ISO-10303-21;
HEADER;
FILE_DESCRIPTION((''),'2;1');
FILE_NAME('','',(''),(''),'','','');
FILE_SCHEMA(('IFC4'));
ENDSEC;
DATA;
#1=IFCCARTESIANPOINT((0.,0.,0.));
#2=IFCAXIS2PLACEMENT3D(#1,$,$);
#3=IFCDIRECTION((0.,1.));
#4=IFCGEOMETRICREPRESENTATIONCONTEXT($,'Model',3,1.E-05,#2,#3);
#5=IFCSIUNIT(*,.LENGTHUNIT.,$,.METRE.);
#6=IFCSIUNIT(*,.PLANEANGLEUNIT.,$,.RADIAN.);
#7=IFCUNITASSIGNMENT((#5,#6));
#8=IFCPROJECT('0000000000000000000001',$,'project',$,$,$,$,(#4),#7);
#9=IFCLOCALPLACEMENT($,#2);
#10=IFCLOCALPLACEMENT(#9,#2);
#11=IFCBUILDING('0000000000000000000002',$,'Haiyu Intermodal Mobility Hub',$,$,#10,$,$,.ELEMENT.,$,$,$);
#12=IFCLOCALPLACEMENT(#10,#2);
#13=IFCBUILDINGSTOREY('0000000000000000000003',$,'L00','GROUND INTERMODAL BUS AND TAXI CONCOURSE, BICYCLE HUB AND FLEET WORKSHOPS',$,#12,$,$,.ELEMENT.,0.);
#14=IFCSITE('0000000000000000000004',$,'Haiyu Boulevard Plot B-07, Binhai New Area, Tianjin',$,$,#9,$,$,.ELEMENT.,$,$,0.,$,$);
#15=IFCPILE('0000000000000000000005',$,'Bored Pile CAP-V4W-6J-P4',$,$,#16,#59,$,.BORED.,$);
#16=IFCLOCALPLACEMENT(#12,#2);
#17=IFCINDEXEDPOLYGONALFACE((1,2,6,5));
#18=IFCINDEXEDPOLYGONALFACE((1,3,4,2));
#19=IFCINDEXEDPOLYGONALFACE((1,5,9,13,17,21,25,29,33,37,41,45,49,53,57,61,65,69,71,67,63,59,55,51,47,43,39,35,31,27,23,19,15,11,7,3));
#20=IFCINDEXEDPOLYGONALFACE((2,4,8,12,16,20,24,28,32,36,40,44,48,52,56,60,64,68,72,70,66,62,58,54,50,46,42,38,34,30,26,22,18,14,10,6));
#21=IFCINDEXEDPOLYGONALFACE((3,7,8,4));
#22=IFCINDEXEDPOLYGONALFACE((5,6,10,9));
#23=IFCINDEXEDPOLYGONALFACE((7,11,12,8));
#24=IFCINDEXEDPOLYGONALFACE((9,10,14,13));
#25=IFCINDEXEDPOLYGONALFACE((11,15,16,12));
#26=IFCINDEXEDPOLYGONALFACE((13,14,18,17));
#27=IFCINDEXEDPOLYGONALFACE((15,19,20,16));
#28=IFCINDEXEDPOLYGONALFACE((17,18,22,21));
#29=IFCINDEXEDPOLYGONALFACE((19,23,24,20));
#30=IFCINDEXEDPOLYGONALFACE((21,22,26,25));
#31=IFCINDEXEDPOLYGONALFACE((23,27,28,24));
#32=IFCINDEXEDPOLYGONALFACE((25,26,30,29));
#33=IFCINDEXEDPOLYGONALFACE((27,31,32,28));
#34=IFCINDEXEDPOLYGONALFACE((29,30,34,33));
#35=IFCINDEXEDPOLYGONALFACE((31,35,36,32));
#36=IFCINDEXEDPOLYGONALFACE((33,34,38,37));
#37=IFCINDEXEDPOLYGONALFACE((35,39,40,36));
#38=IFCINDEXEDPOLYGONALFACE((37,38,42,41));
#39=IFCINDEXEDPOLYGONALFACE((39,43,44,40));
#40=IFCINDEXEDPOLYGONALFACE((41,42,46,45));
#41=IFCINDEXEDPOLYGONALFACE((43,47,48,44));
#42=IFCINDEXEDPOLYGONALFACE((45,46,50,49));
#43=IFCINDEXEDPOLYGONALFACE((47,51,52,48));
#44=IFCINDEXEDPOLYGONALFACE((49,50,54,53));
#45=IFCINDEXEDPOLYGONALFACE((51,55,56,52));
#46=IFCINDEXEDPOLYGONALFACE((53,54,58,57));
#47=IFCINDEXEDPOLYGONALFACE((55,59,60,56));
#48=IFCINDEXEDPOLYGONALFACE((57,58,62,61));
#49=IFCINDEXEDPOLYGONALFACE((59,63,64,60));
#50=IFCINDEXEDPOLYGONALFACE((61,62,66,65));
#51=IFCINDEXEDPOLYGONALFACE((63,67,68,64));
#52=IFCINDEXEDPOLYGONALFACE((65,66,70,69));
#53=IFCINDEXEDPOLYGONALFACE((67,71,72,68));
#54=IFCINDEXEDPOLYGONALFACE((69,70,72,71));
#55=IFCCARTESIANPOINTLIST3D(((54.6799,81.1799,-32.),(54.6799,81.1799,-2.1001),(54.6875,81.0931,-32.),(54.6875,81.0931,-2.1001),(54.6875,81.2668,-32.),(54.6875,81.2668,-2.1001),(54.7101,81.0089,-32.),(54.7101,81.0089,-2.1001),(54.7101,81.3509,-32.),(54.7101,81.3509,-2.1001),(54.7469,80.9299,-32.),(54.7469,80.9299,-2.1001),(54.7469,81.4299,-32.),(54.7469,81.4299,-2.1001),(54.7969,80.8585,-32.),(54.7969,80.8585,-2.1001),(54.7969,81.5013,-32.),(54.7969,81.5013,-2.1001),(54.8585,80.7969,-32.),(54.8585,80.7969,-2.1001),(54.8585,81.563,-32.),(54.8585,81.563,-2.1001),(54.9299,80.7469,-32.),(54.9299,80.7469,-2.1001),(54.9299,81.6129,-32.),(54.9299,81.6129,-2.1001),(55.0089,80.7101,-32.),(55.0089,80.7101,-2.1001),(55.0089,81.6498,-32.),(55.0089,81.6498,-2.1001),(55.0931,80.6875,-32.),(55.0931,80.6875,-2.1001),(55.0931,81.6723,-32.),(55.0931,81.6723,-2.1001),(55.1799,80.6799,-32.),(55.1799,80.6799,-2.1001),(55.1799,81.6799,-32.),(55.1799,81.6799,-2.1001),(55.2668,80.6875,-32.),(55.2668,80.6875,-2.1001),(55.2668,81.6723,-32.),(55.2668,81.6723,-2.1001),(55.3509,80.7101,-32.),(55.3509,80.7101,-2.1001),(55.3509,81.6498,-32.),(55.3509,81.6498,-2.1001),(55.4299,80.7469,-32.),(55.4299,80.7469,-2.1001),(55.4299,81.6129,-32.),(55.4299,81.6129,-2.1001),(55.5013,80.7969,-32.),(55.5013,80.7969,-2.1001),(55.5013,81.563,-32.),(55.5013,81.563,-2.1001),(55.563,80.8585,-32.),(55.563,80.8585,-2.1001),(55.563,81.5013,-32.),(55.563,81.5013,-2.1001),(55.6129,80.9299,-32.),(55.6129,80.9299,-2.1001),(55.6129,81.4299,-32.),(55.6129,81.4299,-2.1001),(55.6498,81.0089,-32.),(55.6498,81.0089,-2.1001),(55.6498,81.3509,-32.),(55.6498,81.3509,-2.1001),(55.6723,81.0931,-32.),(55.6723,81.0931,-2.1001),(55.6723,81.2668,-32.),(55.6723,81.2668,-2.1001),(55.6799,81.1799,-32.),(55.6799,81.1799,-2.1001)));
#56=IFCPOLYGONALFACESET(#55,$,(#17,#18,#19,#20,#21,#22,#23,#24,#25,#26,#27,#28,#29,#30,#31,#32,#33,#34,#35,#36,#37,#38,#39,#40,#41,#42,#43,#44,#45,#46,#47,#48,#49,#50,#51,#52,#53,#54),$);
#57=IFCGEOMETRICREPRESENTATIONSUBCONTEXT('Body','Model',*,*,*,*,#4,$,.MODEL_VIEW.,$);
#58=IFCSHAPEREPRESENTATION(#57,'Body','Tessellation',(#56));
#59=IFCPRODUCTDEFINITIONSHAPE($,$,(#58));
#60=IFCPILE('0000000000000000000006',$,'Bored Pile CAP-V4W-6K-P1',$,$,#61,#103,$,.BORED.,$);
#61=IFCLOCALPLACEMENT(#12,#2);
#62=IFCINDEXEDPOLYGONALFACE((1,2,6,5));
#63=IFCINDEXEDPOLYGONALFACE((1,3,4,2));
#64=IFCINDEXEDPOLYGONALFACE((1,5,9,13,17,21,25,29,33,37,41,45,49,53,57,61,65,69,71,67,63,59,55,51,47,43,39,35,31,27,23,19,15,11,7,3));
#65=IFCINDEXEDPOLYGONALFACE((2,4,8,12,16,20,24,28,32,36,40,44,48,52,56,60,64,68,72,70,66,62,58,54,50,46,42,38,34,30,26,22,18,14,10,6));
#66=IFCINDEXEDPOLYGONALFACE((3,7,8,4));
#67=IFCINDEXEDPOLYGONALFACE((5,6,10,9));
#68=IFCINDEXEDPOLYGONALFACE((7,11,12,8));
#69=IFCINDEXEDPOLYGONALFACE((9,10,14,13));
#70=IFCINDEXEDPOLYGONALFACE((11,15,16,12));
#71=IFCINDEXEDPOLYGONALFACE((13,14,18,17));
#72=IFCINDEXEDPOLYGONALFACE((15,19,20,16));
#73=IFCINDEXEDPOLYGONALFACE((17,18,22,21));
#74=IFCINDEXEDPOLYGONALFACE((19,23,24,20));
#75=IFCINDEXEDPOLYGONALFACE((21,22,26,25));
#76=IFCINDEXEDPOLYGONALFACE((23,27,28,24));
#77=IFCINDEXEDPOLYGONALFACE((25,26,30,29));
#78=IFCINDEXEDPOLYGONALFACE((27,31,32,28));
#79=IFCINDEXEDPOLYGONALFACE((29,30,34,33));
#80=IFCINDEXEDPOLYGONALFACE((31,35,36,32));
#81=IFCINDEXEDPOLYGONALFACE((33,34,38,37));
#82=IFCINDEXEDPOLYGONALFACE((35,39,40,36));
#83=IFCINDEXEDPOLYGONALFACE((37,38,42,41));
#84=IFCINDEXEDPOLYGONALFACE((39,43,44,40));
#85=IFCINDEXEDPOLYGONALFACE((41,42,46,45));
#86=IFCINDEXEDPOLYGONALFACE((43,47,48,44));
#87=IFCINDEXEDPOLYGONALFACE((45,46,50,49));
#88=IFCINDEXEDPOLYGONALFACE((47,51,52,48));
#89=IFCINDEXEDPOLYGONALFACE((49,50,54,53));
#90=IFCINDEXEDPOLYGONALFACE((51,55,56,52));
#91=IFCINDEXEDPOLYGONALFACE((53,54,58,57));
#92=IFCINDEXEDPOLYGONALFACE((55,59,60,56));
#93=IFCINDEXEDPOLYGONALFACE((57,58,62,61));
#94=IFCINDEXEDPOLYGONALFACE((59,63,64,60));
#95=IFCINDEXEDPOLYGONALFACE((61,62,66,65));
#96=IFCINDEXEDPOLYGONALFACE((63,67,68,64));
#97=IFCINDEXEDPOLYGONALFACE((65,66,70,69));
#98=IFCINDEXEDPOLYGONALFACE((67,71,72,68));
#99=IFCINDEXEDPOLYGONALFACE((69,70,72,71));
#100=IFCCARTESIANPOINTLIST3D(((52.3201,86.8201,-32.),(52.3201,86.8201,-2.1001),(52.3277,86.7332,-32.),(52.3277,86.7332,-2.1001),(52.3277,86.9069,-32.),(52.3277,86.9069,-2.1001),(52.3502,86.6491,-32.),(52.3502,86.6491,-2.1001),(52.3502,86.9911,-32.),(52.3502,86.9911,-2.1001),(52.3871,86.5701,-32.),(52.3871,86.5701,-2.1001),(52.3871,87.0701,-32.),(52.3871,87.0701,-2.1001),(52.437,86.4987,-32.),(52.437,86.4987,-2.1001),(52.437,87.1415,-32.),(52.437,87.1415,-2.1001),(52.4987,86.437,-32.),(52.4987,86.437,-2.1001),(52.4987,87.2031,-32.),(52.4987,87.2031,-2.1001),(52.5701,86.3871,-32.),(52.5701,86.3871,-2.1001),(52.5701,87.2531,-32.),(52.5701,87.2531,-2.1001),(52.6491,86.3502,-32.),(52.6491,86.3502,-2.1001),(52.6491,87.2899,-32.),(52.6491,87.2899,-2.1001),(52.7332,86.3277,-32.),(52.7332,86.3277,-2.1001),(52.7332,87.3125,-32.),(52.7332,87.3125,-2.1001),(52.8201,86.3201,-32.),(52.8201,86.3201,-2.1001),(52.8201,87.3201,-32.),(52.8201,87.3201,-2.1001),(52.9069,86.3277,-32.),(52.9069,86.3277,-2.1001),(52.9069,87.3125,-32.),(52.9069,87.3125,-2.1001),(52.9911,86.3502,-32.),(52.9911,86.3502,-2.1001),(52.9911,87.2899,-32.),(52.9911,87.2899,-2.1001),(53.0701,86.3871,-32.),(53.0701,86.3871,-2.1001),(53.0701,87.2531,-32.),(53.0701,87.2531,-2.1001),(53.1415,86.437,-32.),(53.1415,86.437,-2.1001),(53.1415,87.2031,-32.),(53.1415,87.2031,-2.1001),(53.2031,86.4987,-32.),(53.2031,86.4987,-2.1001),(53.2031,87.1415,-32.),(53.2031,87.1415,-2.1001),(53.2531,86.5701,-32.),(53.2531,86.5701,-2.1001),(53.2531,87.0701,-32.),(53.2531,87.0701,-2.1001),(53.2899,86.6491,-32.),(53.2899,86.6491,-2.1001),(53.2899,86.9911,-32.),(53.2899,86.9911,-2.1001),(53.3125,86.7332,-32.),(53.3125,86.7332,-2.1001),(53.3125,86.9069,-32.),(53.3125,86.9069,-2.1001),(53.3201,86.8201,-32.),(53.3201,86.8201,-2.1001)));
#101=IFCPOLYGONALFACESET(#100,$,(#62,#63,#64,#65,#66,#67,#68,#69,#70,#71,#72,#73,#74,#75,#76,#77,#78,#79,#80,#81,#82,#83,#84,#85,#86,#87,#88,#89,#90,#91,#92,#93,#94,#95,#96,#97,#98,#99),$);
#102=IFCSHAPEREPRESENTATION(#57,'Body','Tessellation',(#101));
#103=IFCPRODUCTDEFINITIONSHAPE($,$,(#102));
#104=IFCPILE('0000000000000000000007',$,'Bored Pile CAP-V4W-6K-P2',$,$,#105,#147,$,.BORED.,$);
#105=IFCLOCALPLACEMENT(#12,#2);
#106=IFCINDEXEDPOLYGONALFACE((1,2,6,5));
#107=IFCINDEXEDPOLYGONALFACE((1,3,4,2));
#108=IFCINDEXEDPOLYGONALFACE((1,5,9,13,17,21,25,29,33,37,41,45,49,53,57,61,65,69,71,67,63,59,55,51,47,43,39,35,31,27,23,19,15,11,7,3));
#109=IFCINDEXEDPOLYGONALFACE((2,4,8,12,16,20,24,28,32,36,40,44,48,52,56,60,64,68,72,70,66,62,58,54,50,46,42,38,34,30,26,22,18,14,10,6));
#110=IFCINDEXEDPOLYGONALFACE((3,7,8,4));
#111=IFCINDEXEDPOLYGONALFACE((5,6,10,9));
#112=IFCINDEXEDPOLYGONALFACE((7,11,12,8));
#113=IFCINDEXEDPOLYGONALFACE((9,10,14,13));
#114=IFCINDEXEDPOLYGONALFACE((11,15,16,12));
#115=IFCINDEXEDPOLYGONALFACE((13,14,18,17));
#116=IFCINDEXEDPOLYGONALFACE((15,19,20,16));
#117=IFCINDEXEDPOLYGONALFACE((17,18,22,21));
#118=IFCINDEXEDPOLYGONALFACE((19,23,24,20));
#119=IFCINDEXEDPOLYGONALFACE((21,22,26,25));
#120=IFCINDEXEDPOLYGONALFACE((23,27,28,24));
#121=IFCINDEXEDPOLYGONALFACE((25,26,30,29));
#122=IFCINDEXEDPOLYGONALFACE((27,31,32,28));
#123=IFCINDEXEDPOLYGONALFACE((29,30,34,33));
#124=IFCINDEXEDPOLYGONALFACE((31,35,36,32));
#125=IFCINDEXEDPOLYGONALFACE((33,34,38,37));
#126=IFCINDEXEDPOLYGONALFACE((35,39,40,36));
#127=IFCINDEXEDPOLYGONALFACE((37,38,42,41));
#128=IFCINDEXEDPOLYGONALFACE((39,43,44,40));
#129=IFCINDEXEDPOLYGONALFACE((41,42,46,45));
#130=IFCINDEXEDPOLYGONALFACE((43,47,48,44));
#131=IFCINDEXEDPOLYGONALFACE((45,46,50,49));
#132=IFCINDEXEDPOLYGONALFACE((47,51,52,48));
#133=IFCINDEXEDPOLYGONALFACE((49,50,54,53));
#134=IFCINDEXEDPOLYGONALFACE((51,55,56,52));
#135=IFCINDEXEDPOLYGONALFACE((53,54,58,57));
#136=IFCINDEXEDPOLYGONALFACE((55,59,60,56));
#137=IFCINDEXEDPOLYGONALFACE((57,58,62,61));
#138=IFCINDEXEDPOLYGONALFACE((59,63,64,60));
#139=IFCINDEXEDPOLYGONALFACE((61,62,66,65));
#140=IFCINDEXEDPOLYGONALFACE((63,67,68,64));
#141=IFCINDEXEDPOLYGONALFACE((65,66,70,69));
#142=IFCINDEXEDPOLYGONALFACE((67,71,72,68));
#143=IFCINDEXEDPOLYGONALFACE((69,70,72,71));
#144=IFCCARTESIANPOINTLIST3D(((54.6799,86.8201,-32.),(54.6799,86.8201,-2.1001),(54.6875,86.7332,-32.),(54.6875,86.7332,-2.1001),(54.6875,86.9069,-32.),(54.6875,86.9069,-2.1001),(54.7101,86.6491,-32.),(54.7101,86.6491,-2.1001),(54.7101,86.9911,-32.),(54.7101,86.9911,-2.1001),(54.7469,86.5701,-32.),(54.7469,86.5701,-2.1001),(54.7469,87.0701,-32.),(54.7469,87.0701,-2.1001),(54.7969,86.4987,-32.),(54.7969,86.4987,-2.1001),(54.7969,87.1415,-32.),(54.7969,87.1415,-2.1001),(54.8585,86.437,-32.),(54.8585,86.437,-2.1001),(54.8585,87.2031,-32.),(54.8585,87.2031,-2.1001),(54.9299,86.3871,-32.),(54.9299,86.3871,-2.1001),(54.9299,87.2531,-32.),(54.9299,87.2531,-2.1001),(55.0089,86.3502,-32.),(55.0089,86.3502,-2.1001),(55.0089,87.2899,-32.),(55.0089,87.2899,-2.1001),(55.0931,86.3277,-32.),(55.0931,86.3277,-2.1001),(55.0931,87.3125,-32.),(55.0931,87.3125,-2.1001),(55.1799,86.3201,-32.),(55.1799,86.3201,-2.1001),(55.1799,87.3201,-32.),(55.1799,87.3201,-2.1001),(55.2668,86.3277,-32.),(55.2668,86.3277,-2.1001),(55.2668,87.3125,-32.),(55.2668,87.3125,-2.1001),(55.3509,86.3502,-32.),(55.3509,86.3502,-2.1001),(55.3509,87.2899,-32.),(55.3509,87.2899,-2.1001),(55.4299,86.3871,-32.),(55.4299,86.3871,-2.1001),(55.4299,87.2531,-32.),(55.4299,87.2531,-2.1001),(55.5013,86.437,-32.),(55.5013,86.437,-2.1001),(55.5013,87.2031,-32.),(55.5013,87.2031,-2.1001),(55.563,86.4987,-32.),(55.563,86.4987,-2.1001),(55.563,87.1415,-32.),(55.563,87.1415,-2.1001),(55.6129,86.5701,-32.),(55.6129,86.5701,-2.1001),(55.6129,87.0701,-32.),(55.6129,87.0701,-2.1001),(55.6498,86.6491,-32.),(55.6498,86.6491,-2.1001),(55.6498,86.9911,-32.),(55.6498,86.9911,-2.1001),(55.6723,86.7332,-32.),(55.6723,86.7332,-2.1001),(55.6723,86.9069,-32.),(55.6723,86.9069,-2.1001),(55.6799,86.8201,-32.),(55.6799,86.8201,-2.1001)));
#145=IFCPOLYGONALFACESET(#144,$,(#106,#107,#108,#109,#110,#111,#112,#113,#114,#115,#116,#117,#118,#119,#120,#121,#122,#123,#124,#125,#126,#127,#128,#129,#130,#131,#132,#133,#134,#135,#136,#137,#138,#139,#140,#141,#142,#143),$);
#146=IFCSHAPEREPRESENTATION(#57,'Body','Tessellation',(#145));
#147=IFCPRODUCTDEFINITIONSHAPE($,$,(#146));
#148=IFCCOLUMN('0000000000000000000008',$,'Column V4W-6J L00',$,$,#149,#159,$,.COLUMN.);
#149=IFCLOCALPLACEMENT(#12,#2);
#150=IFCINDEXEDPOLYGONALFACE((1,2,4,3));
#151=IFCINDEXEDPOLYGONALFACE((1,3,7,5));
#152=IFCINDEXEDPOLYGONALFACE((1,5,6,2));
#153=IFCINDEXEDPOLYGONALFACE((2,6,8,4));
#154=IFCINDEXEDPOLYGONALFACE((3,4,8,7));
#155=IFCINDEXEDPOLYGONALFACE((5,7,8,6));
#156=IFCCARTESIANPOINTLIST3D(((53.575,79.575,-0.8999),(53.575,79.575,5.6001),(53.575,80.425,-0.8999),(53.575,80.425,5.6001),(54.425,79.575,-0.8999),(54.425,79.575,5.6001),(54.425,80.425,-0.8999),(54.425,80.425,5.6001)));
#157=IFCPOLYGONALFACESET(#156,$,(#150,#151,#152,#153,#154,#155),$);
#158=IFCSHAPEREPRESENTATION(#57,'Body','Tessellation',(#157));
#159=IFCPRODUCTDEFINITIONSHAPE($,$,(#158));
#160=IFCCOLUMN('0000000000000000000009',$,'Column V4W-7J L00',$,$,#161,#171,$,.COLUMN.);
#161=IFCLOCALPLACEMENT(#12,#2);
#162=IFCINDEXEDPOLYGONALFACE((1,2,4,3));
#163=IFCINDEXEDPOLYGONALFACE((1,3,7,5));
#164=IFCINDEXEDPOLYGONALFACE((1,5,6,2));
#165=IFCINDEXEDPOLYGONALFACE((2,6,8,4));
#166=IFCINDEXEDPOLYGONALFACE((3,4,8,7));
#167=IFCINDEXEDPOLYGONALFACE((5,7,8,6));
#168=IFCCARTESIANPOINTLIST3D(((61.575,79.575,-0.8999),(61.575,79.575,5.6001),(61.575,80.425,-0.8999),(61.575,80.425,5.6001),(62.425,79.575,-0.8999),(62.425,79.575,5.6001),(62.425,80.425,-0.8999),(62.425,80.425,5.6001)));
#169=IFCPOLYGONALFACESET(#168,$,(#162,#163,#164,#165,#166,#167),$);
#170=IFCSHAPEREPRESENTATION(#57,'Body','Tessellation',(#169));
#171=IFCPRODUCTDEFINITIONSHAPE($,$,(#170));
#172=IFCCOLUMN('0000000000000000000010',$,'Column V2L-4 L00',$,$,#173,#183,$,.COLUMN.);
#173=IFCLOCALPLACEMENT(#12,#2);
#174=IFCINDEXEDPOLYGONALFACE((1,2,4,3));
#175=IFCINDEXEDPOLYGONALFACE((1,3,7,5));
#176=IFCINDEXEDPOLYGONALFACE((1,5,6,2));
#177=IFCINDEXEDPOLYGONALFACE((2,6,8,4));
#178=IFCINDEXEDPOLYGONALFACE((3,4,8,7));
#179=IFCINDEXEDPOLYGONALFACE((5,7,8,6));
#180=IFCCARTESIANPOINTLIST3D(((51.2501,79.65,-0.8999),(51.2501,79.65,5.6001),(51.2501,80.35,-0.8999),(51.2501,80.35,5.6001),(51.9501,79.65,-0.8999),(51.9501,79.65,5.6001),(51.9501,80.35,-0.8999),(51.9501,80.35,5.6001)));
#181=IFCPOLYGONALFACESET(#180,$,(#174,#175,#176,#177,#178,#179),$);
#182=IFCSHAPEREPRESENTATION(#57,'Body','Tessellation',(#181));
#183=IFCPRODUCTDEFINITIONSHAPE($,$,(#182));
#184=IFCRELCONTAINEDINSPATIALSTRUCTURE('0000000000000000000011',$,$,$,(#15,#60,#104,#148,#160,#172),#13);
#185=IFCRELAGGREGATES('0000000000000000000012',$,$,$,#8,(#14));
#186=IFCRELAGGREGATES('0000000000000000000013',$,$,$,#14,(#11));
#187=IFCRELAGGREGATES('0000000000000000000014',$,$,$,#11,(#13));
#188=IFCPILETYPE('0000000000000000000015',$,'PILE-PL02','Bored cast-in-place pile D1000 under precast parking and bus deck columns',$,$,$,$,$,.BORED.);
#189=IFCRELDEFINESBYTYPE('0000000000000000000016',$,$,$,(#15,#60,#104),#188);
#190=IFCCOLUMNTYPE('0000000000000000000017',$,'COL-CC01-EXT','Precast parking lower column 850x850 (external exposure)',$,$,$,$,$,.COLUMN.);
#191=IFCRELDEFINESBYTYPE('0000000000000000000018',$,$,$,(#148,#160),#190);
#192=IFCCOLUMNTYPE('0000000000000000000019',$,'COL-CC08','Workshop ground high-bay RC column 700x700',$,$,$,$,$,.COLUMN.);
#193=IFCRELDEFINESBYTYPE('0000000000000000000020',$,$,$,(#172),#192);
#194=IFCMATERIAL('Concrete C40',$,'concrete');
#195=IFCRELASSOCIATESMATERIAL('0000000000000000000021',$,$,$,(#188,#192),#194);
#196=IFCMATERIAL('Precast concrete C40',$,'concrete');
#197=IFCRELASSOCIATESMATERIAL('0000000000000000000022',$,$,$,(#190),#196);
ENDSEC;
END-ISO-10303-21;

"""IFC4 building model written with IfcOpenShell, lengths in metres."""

from ifc_helpers import new_model, si_unit, direction, frame, origin, origin_2d, place, context, subcontext, project, spatial, rectangle, circle, extrude, material, material_profile, profile_set, type_object, element, save


model = new_model("IFC4")

# Units and contexts
model_context = context("Model", 3, precision=1e-05, world=origin(), true_north=direction((0.0, 1.0)))
body_context = subcontext(model_context, "Body", "Model", "MODEL_VIEW")
ifc_project = project(units=[si_unit("LENGTHUNIT", "METRE"), si_unit("PLANEANGLEUNIT", "RADIAN")], contexts=[model_context])

# Site, building, storey
site_placement = place(None, origin())
site = spatial("IfcSite", under=ifc_project, at=site_placement, Name="Haiyu Boulevard Plot B-07, Binhai New Area, Tianjin", CompositionType="ELEMENT", RefElevation=0.0)
building_placement = place(site_placement, origin())
building = spatial("IfcBuilding", under=site, at=building_placement, Name="Haiyu Intermodal Mobility Hub", CompositionType="ELEMENT")
storey_placement = place(building_placement, origin())
storey = spatial("IfcBuildingStorey", under=building, at=storey_placement, Name="L00", Description="GROUND INTERMODAL BUS AND TAXI CONCOURSE, BICYCLE HUB AND FLEET WORKSHOPS", CompositionType="ELEMENT", Elevation=0.0)

# Shared definitions
ifc_material_1 = material(Name="Concrete C40", Category="concrete")

# Piles
ifc_material_profile_1 = material_profile(ifc_material_1, circle(Radius=0.5, at=origin_2d()), Name="PILE-D1000")
ifc_profile_set_1 = profile_set([ifc_material_profile_1], Name="Concrete C40")
pile_type_1 = type_object("IfcPileType", Name="PILE-PL02", Description="Bored cast-in-place pile D1000 under precast parking and bus deck columns", PredefinedType="BORED", material=ifc_profile_set_1)
for number, where, z_axis, x_axis, name in (
    (1, (55.1799, 81.1799, -2.1001), (0.0, 0.0, -1.0), (1.0, 0.0, 0.0), "Bored Pile CAP-V4W-6J-P4"),
    (2, (52.8201, 86.8201, -2.1001), (0.0, 0.0, -1.0), (1.0, 0.0, 0.0), "Bored Pile CAP-V4W-6K-P1"),
    (3, (55.1799, 86.8201, -2.1001), (0.0, 0.0, -1.0), (1.0, 0.0, 0.0), "Bored Pile CAP-V4W-6K-P2"),
):
    element("IfcPile", number, at=place(storey_placement, frame(where, z_axis=z_axis, x_axis=x_axis)), inside=storey, type_object=pile_type_1, Name=name, PredefinedType="BORED", context=body_context, shape_type="SweptSolid", body=[
        extrude(circle(Radius=0.5, at=origin_2d()), origin(), (0.0, 0.0, 1.0), 29.8999),
    ])

# Columns
ifc_material_2 = material(Name="Precast concrete C40", Category="concrete")
ifc_material_profile_2 = material_profile(ifc_material_2, rectangle(XDim=0.8501, YDim=0.8501, at=origin_2d()), Name="RC850x850")
ifc_profile_set_2 = profile_set([ifc_material_profile_2], Name="Precast concrete C40")
column_type_1 = type_object("IfcColumnType", Name="COL-CC01-EXT", Description="Precast parking lower column 850x850 (external exposure)", PredefinedType="COLUMN", material=ifc_profile_set_2)
for number, where, z_axis, x_axis, name in (
    (4, (54.0, 80.0, -0.8999), (0.0, 0.0, 1.0), (1.0, 0.0, 0.0), "Column V4W-6J L00"),
    (5, (62.0, 80.0, -0.8999), (0.0, 0.0, 1.0), (1.0, 0.0, 0.0), "Column V4W-7J L00"),
):
    element("IfcColumn", number, at=place(storey_placement, frame(where, z_axis=z_axis, x_axis=x_axis)), inside=storey, type_object=column_type_1, Name=name, PredefinedType="COLUMN", context=body_context, shape_type="SweptSolid", body=[
        extrude(rectangle(XDim=0.8501, YDim=0.8501, at=origin_2d()), origin(), (0.0, 0.0, 1.0), 6.5),
    ])
ifc_material_profile_3 = material_profile(ifc_material_1, rectangle(XDim=0.7, YDim=0.7, at=origin_2d()), Name="RC700x700")
ifc_profile_set_3 = profile_set([ifc_material_profile_3], Name="Concrete C40")
column_type_2 = type_object("IfcColumnType", Name="COL-CC08", Description="Workshop ground high-bay RC column 700x700", PredefinedType="COLUMN", material=ifc_profile_set_3)
column_placement = place(storey_placement, frame((51.6001, 80.0, -0.8999), z_axis=(0.0, 0.0, 1.0), x_axis=(1.0, 0.0, 0.0)))
element("IfcColumn", 6, at=column_placement, inside=storey, type_object=column_type_2, Name="Column V2L-4 L00", PredefinedType="COLUMN", context=body_context, shape_type="SweptSolid", body=[
    extrude(rectangle(XDim=0.7, YDim=0.7, at=origin_2d()), origin(), (0.0, 0.0, 1.0), 6.5),
])

save(model, "model.ifc")
